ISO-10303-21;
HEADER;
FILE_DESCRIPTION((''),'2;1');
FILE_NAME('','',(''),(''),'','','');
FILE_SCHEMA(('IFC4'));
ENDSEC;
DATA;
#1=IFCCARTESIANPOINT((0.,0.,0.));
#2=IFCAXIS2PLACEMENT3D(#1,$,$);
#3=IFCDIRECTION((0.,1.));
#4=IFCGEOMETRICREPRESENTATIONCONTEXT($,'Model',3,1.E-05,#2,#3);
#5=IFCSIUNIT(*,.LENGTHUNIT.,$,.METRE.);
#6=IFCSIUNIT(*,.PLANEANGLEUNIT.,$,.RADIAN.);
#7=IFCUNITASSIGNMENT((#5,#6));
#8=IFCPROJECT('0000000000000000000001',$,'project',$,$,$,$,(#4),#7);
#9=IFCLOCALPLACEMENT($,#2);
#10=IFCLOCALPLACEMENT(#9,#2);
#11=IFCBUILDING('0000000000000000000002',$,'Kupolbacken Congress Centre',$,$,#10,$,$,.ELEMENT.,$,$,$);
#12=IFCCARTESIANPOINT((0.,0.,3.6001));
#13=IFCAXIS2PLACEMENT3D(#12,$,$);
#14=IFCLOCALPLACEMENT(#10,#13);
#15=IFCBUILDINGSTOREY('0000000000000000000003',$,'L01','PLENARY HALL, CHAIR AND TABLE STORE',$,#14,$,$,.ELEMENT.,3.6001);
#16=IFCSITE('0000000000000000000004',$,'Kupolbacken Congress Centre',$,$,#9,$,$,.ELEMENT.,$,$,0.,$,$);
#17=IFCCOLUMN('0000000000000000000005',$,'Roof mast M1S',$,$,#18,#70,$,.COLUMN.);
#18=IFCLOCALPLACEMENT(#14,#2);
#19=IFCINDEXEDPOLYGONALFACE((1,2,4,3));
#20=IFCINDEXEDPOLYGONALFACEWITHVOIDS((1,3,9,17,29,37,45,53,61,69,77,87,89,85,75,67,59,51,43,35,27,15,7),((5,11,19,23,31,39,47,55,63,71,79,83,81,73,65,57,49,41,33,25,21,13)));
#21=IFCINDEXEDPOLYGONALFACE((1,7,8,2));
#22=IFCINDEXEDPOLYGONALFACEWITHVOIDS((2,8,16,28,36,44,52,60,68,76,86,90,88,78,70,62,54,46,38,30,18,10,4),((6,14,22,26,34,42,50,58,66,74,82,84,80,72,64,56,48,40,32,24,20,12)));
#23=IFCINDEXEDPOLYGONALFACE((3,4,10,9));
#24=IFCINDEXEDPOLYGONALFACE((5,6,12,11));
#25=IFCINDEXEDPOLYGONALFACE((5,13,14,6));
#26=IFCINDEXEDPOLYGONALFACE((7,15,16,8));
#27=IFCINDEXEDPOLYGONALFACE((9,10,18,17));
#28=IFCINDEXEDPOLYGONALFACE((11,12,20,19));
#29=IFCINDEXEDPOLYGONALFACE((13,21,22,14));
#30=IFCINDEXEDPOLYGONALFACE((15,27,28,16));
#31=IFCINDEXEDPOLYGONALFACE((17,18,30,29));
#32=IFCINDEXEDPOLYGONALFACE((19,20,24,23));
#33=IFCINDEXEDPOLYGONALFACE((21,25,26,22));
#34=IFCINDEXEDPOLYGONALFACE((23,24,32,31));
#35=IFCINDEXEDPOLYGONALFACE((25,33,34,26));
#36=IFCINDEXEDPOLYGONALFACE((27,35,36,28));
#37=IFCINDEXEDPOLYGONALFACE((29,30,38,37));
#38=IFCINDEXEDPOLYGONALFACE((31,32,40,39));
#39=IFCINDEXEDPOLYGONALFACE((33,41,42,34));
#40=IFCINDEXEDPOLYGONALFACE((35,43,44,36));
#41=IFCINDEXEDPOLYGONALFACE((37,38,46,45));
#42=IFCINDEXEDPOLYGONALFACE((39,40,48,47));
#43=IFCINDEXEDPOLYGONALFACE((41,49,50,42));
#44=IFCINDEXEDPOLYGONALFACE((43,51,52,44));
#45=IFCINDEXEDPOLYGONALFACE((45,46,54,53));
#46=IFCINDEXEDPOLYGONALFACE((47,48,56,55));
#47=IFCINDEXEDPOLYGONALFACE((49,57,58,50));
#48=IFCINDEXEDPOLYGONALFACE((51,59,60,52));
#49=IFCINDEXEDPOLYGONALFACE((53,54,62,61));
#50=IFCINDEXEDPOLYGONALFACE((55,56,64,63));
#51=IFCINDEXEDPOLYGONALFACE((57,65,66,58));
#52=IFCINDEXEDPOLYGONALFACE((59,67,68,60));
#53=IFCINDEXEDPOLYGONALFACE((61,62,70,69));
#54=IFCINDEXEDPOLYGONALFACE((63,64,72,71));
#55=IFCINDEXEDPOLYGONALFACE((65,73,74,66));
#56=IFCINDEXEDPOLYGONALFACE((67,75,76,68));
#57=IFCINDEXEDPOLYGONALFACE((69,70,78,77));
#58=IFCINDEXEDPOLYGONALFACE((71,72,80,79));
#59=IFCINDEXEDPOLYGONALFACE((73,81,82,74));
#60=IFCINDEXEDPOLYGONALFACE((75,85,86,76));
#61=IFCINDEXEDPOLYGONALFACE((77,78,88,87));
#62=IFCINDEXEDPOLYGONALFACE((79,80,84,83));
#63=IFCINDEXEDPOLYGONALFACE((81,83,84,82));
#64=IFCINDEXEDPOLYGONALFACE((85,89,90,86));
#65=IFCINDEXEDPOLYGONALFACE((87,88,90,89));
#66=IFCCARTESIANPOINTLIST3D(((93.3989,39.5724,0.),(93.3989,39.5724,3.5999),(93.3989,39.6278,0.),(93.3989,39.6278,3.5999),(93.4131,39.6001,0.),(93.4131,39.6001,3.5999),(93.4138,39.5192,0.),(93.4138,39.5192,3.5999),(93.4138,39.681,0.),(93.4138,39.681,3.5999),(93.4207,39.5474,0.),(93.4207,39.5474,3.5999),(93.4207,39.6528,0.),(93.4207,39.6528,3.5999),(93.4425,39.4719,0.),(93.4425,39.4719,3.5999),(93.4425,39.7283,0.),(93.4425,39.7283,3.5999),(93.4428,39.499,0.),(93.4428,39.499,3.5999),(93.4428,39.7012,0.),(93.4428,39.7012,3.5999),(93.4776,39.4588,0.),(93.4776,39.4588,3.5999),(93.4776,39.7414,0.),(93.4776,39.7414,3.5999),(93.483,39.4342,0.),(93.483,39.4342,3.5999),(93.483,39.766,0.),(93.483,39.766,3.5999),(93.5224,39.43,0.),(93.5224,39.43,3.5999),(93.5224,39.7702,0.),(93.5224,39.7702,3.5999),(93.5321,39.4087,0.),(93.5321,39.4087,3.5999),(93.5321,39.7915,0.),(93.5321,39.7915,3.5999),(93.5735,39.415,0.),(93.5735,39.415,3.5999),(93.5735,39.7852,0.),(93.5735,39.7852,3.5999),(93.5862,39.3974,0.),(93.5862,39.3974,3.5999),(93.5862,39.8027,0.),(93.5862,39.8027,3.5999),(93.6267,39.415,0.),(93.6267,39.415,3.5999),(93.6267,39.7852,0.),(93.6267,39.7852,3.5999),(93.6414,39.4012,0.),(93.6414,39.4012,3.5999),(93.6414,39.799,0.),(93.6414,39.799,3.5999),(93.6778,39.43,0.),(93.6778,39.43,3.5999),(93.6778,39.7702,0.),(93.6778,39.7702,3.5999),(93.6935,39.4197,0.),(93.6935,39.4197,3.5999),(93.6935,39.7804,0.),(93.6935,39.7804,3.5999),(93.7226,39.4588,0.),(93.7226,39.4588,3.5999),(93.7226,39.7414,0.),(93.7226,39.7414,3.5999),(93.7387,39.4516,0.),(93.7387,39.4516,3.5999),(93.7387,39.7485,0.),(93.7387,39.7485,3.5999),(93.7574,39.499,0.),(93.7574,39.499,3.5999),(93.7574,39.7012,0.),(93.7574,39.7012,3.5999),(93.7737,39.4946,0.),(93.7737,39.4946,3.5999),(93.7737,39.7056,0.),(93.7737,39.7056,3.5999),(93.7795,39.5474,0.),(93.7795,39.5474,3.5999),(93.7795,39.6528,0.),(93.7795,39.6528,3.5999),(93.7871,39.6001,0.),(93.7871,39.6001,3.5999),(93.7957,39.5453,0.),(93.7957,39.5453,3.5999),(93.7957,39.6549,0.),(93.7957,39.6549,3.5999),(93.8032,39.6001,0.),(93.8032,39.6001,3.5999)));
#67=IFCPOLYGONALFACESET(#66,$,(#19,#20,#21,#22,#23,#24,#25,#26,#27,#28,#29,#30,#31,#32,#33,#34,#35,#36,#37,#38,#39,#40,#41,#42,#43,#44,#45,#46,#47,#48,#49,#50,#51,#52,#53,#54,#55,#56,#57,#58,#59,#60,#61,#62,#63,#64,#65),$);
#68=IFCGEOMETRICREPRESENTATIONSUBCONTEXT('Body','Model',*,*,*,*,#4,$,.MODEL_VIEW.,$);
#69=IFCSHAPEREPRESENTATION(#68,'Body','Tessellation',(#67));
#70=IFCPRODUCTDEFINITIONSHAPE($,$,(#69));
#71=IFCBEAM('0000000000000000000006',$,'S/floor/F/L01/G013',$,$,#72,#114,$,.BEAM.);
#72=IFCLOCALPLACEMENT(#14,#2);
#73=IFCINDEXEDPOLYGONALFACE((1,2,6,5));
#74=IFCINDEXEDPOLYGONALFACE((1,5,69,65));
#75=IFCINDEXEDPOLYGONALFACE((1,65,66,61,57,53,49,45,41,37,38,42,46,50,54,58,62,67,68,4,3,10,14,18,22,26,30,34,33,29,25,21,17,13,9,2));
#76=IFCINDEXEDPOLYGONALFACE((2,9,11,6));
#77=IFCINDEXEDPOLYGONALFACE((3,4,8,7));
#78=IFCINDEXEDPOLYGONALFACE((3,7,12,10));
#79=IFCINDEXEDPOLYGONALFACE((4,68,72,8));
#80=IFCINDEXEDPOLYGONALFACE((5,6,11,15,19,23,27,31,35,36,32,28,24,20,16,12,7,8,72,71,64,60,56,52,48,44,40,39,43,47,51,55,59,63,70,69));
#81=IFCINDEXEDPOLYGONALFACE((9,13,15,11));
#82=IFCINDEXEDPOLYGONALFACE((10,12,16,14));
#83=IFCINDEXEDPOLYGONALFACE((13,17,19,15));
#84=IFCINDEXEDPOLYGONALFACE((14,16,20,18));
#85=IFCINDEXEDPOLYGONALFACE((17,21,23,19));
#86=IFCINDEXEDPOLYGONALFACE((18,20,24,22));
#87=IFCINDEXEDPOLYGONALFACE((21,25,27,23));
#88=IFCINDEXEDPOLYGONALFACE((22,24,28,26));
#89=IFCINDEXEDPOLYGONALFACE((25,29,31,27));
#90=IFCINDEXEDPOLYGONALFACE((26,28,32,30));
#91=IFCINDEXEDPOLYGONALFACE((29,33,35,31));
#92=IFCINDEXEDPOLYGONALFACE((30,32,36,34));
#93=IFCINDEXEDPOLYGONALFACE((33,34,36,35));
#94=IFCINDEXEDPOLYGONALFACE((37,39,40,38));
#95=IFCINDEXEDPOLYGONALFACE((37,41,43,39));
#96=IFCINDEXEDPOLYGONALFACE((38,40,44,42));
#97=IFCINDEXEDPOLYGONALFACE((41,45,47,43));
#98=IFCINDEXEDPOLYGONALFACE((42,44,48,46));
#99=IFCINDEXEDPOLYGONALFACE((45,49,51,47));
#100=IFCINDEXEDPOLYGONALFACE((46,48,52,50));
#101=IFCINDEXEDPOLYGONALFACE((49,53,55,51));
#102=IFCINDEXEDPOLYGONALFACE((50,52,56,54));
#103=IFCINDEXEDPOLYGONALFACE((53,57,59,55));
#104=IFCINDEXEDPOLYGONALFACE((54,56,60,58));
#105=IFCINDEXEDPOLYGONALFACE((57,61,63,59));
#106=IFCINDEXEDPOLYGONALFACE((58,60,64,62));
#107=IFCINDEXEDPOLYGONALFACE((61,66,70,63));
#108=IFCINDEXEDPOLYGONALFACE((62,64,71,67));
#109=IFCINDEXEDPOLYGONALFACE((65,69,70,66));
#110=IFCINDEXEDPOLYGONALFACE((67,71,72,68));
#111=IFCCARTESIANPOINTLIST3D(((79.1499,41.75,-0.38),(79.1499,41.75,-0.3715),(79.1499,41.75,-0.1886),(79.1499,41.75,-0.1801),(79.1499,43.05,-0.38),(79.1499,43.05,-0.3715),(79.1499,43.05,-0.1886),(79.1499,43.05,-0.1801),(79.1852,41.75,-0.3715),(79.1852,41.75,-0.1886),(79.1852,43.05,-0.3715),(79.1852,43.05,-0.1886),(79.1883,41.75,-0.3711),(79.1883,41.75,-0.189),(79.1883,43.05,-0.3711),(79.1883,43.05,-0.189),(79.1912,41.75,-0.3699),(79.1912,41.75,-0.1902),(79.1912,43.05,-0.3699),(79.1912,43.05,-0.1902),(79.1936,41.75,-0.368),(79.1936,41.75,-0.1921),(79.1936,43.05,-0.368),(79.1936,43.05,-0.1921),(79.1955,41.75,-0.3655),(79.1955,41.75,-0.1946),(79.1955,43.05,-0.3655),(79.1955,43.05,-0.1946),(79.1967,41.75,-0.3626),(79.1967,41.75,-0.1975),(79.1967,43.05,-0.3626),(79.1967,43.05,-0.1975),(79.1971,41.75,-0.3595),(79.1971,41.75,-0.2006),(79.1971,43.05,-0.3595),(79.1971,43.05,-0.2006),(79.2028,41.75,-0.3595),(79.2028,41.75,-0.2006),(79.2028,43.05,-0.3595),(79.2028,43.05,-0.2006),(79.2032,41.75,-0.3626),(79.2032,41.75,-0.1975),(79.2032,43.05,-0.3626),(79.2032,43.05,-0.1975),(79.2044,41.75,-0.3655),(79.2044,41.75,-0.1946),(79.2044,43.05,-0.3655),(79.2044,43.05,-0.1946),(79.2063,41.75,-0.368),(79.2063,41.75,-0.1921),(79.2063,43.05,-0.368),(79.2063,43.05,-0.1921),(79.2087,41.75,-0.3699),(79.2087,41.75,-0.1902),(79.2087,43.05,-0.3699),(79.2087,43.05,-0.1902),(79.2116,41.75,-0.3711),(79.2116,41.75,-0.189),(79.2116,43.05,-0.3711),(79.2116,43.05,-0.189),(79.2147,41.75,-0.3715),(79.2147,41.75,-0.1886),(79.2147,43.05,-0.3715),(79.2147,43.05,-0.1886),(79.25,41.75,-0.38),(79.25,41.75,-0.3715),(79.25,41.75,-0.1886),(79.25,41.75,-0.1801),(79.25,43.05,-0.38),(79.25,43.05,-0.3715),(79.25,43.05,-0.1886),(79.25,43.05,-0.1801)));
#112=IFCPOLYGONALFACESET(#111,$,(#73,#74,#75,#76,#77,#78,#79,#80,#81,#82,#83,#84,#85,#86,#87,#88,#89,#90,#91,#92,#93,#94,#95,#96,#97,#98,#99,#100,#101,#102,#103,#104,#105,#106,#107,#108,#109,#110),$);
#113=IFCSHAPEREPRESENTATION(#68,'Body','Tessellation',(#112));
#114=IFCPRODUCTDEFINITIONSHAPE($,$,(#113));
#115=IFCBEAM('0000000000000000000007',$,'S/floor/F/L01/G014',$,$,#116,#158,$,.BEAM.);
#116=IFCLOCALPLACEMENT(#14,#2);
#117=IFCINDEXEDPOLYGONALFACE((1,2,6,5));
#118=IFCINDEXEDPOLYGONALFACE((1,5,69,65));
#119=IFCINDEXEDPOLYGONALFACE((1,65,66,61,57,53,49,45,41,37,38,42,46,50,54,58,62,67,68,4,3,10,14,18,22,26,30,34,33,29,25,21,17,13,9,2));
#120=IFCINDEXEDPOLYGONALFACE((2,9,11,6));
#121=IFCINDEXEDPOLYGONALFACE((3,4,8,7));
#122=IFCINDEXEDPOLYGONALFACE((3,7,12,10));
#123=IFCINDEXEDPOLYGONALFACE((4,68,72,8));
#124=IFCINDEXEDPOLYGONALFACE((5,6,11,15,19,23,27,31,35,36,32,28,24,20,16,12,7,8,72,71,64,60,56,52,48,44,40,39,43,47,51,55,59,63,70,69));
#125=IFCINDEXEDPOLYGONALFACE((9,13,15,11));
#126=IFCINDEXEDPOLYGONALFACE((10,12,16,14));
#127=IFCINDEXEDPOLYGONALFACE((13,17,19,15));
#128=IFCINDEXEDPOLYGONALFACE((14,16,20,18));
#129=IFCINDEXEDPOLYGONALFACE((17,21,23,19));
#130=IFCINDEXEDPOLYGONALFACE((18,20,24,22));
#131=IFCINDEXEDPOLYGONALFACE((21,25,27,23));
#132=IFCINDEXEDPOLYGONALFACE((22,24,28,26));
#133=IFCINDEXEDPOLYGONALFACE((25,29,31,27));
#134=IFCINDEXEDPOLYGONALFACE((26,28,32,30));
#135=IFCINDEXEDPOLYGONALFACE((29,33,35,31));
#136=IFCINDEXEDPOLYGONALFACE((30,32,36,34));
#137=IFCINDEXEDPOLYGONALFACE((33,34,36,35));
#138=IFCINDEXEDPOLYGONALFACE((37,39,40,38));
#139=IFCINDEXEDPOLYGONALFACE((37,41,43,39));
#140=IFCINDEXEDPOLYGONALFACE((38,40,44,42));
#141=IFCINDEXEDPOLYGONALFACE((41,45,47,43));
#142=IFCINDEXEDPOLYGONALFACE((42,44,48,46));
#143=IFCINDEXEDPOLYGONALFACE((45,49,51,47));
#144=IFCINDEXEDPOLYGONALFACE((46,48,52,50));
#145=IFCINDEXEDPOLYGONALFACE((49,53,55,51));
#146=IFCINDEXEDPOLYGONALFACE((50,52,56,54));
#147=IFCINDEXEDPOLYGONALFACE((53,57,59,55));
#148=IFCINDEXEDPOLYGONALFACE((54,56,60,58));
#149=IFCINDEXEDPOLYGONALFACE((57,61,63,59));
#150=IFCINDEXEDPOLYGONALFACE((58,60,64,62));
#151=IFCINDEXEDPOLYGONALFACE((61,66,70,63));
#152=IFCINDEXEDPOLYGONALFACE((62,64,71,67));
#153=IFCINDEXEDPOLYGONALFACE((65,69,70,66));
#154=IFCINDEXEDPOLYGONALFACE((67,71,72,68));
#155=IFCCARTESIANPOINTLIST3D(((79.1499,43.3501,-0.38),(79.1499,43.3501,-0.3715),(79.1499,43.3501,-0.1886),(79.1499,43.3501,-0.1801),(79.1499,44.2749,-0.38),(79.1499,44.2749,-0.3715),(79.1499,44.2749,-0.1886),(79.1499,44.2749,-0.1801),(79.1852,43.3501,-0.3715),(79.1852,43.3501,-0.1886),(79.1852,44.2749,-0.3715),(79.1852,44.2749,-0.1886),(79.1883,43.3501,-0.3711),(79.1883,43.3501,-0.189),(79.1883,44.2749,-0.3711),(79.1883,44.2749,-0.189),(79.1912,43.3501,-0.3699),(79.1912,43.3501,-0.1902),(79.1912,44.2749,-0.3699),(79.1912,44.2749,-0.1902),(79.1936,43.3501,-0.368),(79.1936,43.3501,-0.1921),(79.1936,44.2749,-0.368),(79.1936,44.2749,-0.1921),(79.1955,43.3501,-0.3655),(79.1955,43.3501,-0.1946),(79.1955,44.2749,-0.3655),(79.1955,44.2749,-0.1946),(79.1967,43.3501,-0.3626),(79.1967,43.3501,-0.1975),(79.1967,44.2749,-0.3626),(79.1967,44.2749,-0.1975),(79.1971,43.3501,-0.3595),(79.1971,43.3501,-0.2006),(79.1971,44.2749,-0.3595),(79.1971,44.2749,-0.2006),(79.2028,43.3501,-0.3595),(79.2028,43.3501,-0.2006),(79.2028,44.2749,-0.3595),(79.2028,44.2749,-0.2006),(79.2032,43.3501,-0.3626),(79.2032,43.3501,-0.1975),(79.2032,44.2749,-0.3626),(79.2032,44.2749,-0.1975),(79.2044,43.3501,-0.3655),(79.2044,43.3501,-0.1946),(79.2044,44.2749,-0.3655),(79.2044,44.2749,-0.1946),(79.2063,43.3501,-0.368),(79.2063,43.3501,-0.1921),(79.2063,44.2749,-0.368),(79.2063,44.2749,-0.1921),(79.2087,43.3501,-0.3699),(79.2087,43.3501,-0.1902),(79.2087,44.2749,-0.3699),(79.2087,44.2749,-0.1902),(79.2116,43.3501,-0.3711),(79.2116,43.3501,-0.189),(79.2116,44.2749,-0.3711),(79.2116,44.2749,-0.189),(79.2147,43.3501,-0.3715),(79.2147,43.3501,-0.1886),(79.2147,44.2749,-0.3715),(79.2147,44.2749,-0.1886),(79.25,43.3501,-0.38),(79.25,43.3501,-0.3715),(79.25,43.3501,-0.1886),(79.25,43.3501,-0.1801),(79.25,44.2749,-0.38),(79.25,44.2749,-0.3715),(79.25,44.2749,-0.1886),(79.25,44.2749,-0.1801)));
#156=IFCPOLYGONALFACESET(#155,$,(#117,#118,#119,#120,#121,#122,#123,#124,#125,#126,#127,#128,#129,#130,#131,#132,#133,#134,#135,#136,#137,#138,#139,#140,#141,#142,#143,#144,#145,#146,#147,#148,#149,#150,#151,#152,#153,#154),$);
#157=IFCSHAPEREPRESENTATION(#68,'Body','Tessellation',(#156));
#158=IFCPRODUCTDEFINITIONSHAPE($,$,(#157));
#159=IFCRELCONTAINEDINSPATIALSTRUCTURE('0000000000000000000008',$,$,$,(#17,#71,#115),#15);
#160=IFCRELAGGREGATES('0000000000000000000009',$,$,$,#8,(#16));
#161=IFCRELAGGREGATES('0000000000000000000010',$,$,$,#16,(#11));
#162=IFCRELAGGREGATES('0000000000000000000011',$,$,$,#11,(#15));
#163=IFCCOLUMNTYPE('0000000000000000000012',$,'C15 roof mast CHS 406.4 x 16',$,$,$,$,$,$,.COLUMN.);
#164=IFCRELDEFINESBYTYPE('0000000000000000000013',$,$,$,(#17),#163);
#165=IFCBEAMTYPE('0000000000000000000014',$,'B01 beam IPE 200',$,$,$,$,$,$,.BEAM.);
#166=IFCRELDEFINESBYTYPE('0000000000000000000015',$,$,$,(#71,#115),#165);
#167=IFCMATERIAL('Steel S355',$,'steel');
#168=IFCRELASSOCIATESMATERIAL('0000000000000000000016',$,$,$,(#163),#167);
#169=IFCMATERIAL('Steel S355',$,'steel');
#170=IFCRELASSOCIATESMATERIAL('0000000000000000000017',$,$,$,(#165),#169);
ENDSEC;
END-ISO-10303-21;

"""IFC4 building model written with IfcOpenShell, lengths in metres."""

from ifc_helpers import new_model, si_unit, direction, frame, origin, origin_2d, place, context, subcontext, project, spatial, hollow_circle, i_section, extrude, material, material_profile, profile_set, type_object, element, save


model = new_model("IFC4")

# Units and contexts
model_context = context("Model", 3, precision=1e-05, world=origin(), true_north=direction((0.0, 1.0)))
body_context = subcontext(model_context, "Body", "Model", "MODEL_VIEW")
ifc_project = project(units=[si_unit("LENGTHUNIT", "METRE"), si_unit("PLANEANGLEUNIT", "RADIAN")], contexts=[model_context])

# Site, building, storey
site_placement = place(None, origin())
site = spatial("IfcSite", under=ifc_project, at=site_placement, Name="Kupolbacken Congress Centre", CompositionType="ELEMENT", RefElevation=0.0)
building_placement = place(site_placement, origin())
building = spatial("IfcBuilding", under=site, at=building_placement, Name="Kupolbacken Congress Centre", CompositionType="ELEMENT")
storey_placement = place(building_placement, frame((0.0, 0.0, 3.6001)))
storey = spatial("IfcBuildingStorey", under=building, at=storey_placement, Name="L01", Description="PLENARY HALL, CHAIR AND TABLE STORE", CompositionType="ELEMENT", Elevation=3.6001)

# Column
ifc_material_1 = material(Name="Steel S355", Category="steel")
ifc_material_profile_1 = material_profile(ifc_material_1, hollow_circle(Radius=0.2031, WallThickness=0.0161, at=origin_2d()), Name="CHS 406.4 x 16")
ifc_profile_set_1 = profile_set([ifc_material_profile_1], Name="Steel S355")
column_type_1 = type_object("IfcColumnType", Name="C15 roof mast CHS 406.4 x 16", PredefinedType="COLUMN", material=ifc_profile_set_1)
column_1_placement = place(storey_placement, frame((93.6001, 39.6001, 0.0), z_axis=(0.0, 0.0, 1.0), x_axis=(1.0, 0.0, 0.0)))
element("IfcColumn", 1, at=column_1_placement, inside=storey, type_object=column_type_1, Name="Roof mast M1S", PredefinedType="COLUMN", context=body_context, shape_type="SweptSolid", body=[
    extrude(hollow_circle(Radius=0.2031, WallThickness=0.0161, at=origin_2d()), origin(), (0.0, 0.0, 1.0), 3.5999),
])

# Beams
ifc_material_2 = material(Name="Steel S355", Category="steel")
ifc_material_profile_2 = material_profile(ifc_material_2, i_section(OverallWidth=0.1001, OverallDepth=0.2, WebThickness=0.0056, FlangeThickness=0.0085, FilletRadius=0.012, at=origin_2d()), Name="IPE 200")
ifc_profile_set_2 = profile_set([ifc_material_profile_2], Name="Steel S355")
beam_type_1 = type_object("IfcBeamType", Name="B01 beam IPE 200", PredefinedType="BEAM", material=ifc_profile_set_2)
beam_1_placement = place(storey_placement, frame((79.2, 41.75, -0.28), z_axis=(0.0, 1.0, 0.0), x_axis=(-1.0, 0.0, 0.0)))
element("IfcBeam", 2, at=beam_1_placement, inside=storey, type_object=beam_type_1, Name="S/floor/F/L01/G013", PredefinedType="BEAM", context=body_context, shape_type="SweptSolid", body=[
    extrude(i_section(OverallWidth=0.1001, OverallDepth=0.2, WebThickness=0.0056, FlangeThickness=0.0085, FilletRadius=0.012, at=origin_2d()), origin(), (0.0, 0.0, 1.0), 1.3),
])
beam_2_placement = place(storey_placement, frame((79.2, 43.3501, -0.28), z_axis=(0.0, 1.0, 0.0), x_axis=(-1.0, 0.0, 0.0)))
element("IfcBeam", 3, at=beam_2_placement, inside=storey, type_object=beam_type_1, Name="S/floor/F/L01/G014", PredefinedType="BEAM", context=body_context, shape_type="SweptSolid", body=[
    extrude(i_section(OverallWidth=0.1001, OverallDepth=0.2, WebThickness=0.0056, FlangeThickness=0.0085, FilletRadius=0.012, at=origin_2d()), origin(), (0.0, 0.0, 1.0), 0.9248),
])

save(model, "model.ifc")
